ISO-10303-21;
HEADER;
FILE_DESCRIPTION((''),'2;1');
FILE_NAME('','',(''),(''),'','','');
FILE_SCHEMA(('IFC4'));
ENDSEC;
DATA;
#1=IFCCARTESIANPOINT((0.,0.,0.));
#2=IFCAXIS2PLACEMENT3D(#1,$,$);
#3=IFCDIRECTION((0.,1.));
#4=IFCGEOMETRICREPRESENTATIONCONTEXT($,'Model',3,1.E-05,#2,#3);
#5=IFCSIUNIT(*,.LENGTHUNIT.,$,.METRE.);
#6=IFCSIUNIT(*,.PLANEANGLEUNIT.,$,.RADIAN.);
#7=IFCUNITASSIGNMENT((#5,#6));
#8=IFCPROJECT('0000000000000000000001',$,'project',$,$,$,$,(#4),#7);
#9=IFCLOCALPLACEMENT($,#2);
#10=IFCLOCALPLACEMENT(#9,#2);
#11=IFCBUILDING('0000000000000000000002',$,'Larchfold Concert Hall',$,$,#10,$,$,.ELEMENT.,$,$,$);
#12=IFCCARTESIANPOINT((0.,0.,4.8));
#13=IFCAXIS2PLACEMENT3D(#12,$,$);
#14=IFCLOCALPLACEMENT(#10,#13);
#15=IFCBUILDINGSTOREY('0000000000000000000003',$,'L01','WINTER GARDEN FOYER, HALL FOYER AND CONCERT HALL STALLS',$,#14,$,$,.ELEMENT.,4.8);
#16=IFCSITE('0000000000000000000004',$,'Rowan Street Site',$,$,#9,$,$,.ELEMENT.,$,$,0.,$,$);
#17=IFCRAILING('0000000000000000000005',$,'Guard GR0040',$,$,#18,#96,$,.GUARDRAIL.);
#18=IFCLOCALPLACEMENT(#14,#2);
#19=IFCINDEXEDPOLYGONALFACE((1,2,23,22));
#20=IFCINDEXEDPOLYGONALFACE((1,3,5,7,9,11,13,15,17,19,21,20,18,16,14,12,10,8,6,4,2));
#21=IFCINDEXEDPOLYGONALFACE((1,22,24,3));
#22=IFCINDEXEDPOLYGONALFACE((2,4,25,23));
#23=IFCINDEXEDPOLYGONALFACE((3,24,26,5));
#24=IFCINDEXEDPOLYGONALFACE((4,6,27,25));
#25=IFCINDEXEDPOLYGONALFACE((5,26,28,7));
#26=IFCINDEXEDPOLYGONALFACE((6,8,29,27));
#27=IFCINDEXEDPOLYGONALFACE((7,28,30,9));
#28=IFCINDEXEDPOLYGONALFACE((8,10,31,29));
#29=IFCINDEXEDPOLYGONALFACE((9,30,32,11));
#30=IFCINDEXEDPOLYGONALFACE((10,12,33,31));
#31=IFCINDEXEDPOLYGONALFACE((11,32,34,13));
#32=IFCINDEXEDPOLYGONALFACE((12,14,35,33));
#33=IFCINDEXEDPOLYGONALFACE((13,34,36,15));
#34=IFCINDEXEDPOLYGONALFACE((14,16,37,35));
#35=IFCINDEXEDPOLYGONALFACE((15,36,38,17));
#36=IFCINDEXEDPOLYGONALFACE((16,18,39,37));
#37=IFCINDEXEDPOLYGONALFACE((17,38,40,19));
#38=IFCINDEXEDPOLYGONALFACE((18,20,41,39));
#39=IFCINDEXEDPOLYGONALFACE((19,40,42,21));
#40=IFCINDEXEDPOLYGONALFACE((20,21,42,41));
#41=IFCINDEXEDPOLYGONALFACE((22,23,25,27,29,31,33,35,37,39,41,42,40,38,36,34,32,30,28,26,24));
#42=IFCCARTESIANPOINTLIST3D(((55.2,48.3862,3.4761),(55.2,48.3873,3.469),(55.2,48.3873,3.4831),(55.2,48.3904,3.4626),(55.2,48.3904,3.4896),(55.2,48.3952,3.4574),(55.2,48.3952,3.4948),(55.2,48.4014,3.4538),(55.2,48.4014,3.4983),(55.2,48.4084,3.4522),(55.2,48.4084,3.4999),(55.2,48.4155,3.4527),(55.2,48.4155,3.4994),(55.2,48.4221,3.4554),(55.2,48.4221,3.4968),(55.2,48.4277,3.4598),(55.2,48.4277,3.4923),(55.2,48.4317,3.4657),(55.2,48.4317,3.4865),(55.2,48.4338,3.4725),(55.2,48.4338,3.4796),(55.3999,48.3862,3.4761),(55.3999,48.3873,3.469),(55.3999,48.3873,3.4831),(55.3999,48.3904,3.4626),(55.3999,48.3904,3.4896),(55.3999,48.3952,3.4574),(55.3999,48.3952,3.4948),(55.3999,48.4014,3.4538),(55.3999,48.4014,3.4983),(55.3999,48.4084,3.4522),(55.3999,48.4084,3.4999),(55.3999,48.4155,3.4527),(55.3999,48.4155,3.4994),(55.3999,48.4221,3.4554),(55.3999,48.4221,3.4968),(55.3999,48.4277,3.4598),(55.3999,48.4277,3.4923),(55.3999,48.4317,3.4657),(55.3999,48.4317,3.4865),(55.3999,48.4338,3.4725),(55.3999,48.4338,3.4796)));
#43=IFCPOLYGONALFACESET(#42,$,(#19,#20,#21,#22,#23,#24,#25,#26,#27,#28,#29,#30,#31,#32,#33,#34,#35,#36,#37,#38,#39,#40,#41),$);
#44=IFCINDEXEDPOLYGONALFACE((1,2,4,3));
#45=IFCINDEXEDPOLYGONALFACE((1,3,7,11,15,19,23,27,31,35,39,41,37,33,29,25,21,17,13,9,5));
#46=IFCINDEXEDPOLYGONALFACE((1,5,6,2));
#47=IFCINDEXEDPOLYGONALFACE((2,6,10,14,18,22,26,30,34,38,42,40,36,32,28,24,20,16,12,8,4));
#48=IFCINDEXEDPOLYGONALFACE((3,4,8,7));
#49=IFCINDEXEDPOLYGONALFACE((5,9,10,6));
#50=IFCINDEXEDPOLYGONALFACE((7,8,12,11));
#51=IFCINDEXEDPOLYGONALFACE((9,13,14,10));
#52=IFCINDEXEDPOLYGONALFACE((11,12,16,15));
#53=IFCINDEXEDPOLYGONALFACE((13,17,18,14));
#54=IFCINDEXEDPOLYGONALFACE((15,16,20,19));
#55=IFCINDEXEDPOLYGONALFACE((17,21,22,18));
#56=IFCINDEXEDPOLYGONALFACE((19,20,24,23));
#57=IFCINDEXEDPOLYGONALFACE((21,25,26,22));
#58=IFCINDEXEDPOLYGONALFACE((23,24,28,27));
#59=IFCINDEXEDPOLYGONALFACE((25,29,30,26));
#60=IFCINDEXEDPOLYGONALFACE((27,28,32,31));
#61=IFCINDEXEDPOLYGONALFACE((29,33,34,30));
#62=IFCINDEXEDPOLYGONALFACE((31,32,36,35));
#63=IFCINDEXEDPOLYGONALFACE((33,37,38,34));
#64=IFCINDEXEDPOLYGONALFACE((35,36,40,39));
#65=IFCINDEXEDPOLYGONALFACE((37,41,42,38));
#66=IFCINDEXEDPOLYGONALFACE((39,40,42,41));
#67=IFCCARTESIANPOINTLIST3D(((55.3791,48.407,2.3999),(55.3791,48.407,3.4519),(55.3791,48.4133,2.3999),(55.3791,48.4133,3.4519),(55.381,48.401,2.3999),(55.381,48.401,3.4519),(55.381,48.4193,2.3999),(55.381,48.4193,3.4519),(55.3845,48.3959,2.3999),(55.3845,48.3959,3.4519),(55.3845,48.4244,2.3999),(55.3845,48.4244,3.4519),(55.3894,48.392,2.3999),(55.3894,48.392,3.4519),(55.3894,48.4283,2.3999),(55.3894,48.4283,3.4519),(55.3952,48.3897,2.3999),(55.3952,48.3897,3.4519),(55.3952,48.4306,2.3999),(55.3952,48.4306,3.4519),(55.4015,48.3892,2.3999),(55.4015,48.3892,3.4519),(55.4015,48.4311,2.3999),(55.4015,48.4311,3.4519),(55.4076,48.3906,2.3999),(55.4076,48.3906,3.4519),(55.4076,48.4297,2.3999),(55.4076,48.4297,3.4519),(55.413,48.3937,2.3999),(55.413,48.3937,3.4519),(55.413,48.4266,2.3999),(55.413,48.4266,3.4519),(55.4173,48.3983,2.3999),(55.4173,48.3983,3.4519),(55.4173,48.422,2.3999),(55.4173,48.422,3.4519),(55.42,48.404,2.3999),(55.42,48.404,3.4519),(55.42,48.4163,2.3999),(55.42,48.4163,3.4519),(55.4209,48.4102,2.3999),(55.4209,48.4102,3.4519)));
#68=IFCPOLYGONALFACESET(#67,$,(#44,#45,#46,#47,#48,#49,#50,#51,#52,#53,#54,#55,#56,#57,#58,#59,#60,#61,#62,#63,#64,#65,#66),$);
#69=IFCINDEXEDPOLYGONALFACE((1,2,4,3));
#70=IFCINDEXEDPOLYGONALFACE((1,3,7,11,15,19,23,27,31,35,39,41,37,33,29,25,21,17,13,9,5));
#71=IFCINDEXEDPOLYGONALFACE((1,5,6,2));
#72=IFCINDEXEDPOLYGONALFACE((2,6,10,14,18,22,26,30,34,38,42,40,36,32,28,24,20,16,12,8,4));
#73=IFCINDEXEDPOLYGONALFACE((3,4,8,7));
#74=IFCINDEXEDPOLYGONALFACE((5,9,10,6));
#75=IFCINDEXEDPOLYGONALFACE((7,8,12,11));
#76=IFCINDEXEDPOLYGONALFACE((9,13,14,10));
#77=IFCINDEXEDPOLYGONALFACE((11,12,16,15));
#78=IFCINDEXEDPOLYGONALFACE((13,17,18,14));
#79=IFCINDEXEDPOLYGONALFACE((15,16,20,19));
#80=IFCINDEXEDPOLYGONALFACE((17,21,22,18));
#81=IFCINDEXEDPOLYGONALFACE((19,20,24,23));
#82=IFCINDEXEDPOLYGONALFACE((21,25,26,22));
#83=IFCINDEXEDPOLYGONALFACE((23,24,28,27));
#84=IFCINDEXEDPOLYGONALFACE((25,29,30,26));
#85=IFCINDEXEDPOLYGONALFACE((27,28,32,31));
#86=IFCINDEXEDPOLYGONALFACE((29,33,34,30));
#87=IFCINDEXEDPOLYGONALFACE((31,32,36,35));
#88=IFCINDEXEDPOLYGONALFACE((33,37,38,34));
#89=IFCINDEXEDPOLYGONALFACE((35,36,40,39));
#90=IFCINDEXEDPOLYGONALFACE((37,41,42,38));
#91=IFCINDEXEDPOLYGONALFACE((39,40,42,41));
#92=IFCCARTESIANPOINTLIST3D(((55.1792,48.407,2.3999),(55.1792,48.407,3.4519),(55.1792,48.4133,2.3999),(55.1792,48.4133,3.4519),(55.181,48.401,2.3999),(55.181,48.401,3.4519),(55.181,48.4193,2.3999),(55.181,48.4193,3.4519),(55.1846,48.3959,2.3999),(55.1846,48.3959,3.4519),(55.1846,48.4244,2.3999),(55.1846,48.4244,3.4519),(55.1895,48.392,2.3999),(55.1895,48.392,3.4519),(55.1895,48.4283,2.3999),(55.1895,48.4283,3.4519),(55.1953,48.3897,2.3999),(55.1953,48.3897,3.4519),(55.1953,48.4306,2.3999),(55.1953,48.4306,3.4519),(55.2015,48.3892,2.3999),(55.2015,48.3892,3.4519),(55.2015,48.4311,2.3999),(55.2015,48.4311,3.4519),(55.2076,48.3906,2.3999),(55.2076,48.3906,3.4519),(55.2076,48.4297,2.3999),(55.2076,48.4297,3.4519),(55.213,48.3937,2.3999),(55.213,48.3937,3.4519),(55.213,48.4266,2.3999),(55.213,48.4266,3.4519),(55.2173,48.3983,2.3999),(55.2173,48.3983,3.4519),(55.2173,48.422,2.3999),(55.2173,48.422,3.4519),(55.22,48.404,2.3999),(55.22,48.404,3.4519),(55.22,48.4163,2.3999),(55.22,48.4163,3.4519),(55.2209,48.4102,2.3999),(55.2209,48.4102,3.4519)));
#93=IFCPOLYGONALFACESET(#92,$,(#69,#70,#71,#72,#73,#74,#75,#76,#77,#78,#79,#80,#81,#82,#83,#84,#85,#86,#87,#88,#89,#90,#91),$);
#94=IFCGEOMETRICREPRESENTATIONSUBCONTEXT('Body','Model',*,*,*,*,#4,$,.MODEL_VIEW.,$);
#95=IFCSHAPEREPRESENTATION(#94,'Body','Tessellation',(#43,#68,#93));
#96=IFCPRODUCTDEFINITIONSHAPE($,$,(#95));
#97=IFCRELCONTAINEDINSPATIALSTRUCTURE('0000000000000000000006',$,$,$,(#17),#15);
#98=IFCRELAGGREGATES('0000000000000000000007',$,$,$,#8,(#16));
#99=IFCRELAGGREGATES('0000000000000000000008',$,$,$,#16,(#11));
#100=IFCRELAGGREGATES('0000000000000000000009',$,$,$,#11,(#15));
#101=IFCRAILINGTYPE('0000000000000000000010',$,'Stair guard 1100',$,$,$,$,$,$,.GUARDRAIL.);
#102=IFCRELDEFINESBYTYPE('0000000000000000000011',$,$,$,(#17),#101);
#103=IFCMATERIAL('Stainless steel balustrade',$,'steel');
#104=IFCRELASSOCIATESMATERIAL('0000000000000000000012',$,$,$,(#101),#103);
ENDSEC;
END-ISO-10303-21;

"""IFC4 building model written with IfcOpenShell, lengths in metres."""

from ifc_helpers import new_model, si_unit, direction, frame, origin, origin_2d, place, context, subcontext, project, spatial, circle, extrude, material, type_object, element, save


model = new_model("IFC4")

# Units and contexts
model_context = context("Model", 3, precision=1e-05, world=origin(), true_north=direction((0.0, 1.0)))
body_context = subcontext(model_context, "Body", "Model", "MODEL_VIEW")
ifc_project = project(units=[si_unit("LENGTHUNIT", "METRE"), si_unit("PLANEANGLEUNIT", "RADIAN")], contexts=[model_context])

# Site, building, storey
site_placement = place(None, origin())
site = spatial("IfcSite", under=ifc_project, at=site_placement, Name="Rowan Street Site", CompositionType="ELEMENT", RefElevation=0.0)
building_placement = place(site_placement, origin())
building = spatial("IfcBuilding", under=site, at=building_placement, Name="Larchfold Concert Hall", CompositionType="ELEMENT")
storey_placement = place(building_placement, frame((0.0, 0.0, 4.8)))
storey = spatial("IfcBuildingStorey", under=building, at=storey_placement, Name="L01", Description="WINTER GARDEN FOYER, HALL FOYER AND CONCERT HALL STALLS", CompositionType="ELEMENT", Elevation=4.8)

# Railing
ifc_material_1 = material(Name="Stainless steel balustrade", Category="steel")
railing_type_1 = type_object("IfcRailingType", Name="Stair guard 1100", PredefinedType="GUARDRAIL", material=ifc_material_1)
railing_1_placement = place(storey_placement, frame((55.3999, 48.4102, 2.3999)))
element("IfcRailing", 1, at=railing_1_placement, inside=storey, type_object=railing_type_1, Name="Guard GR0040", PredefinedType="GUARDRAIL", context=body_context, shape_type="SweptSolid", body=[
    extrude(circle(Radius=0.0239, at=origin_2d()), frame((0.0, 0.0, 1.0762), z_axis=(-1.0, 0.0, 0.0), x_axis=(0.0, -1.0, 0.0)), (0.0, 0.0, 1.0), 0.2),
    extrude(circle(Radius=0.021, at=origin_2d()), origin(), (0.0, 0.0, 1.0), 1.052),
    extrude(circle(Radius=0.021, at=origin_2d()), frame((-0.2, 0.0, 0.0)), (0.0, 0.0, 1.0), 1.052),
])

save(model, "model.ifc")
